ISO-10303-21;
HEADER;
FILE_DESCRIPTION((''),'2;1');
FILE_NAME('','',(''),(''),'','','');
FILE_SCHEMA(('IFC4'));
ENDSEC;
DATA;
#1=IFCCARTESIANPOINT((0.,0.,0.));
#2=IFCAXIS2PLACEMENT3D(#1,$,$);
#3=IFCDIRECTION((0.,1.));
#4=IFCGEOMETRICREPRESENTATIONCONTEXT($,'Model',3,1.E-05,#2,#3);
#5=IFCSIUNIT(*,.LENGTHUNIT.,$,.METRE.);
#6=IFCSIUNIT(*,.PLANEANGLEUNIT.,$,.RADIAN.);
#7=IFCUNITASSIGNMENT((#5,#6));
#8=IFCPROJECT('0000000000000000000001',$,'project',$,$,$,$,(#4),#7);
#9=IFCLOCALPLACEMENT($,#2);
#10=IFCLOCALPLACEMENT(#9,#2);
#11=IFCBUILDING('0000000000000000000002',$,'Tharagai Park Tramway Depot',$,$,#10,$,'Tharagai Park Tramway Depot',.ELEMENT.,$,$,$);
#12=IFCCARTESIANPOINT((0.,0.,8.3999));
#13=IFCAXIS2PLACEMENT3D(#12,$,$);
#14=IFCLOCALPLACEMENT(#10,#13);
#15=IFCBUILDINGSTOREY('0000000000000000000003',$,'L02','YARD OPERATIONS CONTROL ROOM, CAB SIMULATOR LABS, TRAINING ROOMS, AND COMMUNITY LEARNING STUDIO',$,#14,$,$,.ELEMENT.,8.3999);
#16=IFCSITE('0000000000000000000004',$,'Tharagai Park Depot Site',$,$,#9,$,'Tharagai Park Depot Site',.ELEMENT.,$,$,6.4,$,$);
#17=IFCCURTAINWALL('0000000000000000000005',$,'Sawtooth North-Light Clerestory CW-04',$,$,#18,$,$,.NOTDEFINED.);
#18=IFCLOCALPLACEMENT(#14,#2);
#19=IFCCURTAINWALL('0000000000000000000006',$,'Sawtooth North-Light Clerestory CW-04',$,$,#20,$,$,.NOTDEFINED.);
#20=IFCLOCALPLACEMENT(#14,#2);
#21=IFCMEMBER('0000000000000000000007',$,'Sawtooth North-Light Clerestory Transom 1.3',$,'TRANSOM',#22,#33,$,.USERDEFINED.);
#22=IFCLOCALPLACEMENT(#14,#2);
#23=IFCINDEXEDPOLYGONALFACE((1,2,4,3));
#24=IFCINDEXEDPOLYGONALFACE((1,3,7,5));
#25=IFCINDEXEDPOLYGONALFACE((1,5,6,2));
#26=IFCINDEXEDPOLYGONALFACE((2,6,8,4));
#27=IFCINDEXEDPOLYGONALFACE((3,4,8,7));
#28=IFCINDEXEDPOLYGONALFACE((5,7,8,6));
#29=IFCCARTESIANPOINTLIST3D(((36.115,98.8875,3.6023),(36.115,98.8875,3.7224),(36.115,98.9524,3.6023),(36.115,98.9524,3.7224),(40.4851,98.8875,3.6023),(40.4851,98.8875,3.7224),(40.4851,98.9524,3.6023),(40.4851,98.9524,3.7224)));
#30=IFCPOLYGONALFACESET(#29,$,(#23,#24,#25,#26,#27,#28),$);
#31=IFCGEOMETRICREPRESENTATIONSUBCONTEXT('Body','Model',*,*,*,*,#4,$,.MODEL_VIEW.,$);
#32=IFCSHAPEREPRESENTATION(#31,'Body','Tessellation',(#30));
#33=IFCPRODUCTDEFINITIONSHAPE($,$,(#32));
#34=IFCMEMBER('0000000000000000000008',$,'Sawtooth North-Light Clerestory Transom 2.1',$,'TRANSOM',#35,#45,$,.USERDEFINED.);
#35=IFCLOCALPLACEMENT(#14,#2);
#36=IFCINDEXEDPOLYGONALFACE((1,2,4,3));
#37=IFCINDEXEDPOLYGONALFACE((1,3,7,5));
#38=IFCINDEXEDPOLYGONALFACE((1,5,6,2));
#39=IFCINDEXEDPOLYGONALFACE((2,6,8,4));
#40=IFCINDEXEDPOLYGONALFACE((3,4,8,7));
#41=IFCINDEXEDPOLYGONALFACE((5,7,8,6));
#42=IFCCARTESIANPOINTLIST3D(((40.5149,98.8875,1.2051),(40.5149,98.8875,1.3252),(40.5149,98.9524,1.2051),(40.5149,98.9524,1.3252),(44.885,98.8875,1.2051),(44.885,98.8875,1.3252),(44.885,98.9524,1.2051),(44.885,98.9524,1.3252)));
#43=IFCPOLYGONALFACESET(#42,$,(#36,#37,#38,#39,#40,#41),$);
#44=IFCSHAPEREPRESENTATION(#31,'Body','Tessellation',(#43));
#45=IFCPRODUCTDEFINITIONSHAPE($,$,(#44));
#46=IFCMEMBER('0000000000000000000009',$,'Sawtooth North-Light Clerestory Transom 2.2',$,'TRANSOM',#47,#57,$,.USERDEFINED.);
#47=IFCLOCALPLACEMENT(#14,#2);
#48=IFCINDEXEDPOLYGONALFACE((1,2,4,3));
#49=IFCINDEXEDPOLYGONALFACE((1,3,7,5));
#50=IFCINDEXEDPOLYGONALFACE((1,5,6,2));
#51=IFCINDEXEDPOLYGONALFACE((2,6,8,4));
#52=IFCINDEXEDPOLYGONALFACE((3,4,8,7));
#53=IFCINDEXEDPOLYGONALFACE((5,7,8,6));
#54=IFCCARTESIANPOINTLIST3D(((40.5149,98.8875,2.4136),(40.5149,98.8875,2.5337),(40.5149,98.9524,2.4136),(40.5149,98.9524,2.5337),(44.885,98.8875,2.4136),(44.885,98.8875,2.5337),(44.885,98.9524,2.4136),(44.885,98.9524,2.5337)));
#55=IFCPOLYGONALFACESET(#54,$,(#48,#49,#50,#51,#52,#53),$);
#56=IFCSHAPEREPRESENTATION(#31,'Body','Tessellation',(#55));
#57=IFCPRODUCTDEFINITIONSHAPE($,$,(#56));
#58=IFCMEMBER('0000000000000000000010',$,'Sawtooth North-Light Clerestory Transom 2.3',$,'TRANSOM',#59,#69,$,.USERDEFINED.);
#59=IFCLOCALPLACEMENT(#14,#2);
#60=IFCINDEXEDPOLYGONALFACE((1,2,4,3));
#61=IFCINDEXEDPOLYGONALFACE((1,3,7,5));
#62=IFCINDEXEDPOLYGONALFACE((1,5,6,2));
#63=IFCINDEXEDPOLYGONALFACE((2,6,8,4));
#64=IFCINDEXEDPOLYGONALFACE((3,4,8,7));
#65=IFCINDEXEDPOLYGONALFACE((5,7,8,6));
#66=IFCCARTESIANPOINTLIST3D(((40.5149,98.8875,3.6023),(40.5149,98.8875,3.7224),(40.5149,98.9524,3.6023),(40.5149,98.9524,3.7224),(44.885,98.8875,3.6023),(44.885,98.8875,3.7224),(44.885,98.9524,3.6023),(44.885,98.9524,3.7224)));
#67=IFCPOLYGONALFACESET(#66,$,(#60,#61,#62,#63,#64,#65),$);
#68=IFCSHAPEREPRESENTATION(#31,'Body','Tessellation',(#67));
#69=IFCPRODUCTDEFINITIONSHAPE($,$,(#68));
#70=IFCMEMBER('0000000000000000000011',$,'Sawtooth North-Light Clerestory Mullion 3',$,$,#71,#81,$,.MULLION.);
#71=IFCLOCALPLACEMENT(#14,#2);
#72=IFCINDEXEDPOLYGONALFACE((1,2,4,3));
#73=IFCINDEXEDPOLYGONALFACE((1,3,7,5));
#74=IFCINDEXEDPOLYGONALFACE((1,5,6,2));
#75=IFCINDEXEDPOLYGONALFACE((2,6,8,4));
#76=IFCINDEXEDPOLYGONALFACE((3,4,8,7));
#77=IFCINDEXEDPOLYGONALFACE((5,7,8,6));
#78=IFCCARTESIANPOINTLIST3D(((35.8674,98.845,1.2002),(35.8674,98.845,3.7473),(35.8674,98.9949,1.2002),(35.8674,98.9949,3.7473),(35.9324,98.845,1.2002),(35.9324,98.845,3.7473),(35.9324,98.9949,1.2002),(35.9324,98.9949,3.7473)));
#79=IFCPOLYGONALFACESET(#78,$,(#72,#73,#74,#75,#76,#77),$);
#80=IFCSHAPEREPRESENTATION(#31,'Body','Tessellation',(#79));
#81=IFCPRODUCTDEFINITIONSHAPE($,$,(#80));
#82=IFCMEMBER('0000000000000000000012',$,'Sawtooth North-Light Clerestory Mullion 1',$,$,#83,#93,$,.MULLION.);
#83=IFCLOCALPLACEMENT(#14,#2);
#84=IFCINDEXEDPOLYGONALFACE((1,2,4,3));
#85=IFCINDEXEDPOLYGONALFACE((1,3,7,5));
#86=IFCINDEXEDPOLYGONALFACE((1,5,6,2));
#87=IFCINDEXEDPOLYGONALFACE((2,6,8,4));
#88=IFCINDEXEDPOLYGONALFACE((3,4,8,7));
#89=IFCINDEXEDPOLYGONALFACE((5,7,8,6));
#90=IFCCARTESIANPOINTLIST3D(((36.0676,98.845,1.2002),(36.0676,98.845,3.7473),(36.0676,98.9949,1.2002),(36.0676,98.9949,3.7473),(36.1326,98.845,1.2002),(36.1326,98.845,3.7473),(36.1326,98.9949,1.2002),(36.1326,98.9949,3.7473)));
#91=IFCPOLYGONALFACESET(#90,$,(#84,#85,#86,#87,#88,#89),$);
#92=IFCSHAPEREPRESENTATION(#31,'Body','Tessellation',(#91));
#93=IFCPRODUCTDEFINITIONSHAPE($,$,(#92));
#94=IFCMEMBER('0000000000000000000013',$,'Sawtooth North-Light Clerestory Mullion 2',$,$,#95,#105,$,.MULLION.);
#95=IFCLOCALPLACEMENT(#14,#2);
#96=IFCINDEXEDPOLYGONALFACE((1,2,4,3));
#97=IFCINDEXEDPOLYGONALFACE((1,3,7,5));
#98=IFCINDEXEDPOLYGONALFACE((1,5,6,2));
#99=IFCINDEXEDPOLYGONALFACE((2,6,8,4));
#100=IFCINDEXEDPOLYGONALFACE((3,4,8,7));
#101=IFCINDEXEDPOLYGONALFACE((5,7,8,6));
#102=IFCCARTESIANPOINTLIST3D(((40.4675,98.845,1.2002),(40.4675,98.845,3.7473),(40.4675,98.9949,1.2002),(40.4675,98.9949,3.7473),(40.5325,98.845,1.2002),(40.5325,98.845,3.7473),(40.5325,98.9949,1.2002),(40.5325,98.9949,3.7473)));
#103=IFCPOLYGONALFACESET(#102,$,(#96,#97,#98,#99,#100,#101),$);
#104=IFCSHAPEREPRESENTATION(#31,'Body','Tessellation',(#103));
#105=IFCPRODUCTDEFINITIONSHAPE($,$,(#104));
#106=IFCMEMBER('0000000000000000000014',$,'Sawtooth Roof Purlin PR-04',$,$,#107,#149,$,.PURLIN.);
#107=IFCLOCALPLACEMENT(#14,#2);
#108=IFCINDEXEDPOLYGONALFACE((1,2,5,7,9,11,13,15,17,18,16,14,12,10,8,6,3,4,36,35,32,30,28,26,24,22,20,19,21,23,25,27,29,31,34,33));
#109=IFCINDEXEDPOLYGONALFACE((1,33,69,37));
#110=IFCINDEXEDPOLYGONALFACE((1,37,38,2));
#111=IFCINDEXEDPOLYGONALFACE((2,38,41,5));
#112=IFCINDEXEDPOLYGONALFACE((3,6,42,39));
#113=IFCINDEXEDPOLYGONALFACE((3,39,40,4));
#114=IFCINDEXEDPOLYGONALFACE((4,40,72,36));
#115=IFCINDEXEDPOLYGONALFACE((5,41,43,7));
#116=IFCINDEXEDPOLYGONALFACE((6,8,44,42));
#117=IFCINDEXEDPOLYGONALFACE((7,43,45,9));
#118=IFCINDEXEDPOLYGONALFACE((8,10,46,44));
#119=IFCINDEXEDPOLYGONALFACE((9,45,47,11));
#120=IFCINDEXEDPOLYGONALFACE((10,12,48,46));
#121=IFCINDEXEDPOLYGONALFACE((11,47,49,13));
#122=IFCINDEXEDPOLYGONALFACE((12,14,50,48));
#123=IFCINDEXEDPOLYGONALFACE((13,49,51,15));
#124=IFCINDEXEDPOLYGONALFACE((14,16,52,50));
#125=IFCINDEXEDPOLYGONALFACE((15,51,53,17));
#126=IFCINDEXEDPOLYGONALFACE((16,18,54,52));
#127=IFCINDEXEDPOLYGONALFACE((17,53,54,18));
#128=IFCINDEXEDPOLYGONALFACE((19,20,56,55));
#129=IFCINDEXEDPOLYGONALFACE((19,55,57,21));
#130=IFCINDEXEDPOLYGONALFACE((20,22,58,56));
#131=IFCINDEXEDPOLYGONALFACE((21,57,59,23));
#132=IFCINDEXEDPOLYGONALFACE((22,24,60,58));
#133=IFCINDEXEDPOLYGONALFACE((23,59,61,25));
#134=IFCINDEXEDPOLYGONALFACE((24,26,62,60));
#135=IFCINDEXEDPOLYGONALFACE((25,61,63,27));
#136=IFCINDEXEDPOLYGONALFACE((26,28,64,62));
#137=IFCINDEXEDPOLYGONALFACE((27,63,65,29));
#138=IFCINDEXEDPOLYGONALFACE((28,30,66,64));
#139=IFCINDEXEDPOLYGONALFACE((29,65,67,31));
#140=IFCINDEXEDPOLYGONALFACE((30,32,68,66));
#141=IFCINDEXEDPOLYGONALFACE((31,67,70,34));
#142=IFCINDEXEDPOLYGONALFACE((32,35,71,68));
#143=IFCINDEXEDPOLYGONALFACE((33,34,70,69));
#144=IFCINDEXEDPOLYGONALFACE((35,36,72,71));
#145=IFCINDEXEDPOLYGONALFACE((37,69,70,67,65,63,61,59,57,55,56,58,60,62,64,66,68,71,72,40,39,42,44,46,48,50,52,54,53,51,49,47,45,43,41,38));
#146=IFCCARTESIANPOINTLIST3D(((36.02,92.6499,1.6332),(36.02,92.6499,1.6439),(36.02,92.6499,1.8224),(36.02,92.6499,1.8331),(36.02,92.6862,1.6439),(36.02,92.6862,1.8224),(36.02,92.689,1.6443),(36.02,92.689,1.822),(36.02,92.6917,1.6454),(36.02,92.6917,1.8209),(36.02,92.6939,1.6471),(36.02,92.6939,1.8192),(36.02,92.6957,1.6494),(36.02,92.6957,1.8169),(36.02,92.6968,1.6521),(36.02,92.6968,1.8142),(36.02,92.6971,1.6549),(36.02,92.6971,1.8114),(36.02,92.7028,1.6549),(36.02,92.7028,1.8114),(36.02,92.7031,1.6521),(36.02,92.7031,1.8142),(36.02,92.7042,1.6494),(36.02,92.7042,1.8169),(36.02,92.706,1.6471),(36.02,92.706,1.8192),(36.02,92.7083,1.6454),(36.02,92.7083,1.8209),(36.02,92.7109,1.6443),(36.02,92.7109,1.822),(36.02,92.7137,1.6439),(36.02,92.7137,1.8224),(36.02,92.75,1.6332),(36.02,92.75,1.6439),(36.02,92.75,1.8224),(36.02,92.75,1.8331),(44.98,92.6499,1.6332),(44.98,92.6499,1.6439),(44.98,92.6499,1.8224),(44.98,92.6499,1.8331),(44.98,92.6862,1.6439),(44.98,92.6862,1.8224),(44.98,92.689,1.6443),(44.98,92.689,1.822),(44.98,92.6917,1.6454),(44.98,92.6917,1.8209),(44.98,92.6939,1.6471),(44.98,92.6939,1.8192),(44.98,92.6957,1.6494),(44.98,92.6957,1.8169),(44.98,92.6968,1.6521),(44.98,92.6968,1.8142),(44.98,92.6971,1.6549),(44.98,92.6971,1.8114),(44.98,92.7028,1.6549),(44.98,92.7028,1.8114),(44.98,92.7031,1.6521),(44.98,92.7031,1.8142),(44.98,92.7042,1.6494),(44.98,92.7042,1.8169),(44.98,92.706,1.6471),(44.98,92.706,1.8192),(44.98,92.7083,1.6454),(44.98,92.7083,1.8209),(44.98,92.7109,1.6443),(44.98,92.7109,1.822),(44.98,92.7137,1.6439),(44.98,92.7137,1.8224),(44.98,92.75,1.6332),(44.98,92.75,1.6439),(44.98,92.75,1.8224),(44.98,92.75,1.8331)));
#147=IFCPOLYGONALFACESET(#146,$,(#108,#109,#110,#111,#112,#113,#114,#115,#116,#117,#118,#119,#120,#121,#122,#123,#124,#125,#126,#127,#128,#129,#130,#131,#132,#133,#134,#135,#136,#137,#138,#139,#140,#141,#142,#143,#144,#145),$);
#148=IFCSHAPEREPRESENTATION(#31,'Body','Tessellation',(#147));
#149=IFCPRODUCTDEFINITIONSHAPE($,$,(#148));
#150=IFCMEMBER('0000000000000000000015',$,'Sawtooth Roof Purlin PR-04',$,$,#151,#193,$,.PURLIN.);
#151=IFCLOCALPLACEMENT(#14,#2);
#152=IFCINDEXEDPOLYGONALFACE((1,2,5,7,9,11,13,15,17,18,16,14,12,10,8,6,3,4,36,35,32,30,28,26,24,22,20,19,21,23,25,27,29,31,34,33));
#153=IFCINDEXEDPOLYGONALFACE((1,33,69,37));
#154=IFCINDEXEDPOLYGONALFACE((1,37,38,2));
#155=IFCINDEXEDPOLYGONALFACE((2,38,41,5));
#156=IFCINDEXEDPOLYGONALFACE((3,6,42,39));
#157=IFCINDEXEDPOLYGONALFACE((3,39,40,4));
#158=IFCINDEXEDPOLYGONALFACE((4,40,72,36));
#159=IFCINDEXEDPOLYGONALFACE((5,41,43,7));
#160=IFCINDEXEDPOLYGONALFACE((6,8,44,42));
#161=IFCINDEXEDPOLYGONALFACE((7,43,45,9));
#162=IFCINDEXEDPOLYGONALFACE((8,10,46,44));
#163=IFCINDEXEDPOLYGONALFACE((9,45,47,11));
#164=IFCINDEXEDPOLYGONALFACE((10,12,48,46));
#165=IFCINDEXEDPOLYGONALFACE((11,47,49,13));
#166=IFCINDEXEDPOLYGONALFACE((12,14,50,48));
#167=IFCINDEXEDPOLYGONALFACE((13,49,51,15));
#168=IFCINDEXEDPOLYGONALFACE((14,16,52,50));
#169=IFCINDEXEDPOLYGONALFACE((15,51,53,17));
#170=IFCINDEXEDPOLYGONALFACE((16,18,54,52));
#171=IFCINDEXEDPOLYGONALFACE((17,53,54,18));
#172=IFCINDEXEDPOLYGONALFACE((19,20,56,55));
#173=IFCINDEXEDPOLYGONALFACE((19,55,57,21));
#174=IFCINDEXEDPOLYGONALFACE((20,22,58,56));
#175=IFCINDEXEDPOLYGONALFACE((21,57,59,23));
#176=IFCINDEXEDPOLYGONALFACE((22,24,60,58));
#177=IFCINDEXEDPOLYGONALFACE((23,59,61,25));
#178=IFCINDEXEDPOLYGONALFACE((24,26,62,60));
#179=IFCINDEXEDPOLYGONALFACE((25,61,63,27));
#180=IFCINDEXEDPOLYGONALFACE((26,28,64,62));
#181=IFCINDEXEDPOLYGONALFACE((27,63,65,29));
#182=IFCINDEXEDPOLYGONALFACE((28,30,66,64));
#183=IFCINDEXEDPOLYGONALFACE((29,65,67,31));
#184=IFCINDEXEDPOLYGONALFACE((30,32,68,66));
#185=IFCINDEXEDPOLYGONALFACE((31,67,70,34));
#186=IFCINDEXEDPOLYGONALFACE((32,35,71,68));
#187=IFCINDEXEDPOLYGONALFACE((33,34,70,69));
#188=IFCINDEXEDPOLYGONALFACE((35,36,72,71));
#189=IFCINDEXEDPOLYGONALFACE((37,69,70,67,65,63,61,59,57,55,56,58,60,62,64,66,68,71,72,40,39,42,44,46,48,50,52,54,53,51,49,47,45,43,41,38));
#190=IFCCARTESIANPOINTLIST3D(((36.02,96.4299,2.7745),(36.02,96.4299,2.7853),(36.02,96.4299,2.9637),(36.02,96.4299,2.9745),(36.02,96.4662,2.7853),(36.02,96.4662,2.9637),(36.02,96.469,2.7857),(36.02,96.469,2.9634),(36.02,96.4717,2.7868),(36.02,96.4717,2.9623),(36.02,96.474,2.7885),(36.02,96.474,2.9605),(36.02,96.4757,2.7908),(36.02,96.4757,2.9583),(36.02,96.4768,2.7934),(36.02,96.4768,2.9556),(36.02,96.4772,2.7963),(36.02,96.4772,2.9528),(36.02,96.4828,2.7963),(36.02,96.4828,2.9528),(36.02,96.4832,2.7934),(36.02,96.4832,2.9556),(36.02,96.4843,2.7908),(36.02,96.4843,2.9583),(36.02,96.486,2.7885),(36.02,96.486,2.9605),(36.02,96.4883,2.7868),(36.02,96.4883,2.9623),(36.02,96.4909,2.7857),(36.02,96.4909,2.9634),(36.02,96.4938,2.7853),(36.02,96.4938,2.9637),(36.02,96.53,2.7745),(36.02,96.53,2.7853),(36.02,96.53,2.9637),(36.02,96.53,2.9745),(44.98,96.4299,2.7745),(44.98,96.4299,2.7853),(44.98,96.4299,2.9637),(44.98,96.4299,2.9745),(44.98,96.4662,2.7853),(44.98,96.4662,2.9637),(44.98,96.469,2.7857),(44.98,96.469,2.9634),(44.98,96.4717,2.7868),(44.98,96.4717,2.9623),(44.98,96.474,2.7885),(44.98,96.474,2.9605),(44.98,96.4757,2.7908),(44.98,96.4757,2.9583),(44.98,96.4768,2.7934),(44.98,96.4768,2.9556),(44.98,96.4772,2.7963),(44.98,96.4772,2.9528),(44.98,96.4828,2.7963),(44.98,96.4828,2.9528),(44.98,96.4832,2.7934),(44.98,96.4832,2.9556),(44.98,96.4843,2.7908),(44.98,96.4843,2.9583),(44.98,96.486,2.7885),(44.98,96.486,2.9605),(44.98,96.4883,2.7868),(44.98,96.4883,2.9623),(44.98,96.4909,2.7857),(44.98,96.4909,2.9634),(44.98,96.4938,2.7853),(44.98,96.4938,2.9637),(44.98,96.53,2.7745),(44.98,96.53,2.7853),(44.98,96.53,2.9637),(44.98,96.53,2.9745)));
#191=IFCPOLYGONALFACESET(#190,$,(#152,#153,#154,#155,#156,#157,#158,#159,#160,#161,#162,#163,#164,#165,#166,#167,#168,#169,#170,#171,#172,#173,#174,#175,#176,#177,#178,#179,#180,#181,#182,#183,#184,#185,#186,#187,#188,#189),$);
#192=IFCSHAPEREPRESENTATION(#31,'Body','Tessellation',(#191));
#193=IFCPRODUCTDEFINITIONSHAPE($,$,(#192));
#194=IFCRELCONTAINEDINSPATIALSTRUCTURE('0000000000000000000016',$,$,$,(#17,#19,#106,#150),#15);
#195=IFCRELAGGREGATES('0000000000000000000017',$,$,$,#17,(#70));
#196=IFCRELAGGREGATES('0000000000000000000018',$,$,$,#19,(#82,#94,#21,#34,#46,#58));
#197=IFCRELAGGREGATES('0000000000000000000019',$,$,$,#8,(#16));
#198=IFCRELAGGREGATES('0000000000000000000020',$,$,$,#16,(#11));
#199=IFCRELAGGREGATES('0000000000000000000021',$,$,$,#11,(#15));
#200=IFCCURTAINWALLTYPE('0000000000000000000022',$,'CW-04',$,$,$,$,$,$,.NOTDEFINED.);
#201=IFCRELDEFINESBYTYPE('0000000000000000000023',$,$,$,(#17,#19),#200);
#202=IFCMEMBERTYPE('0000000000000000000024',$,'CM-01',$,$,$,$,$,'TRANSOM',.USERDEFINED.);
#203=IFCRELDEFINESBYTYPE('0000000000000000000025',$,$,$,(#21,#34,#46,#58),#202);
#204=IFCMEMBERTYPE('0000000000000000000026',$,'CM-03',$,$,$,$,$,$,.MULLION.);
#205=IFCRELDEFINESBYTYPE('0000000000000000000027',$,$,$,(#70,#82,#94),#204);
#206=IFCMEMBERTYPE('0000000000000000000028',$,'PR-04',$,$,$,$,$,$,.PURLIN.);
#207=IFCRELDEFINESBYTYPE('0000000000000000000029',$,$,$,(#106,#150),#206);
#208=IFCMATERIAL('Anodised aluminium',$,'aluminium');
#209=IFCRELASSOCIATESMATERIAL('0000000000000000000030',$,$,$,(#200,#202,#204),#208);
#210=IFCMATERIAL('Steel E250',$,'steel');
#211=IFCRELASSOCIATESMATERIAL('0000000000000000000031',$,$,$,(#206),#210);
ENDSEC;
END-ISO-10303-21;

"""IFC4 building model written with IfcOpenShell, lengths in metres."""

from ifc_helpers import new_model, si_unit, direction, frame, origin, origin_2d, place, context, subcontext, project, spatial, rectangle, i_section, extrude, material, material_profile, profile_set, type_object, element, aggregate, save


model = new_model("IFC4")

# Units and contexts
model_context = context("Model", 3, precision=1e-05, world=origin(), true_north=direction((0.0, 1.0)))
body_context = subcontext(model_context, "Body", "Model", "MODEL_VIEW")
ifc_project = project(units=[si_unit("LENGTHUNIT", "METRE"), si_unit("PLANEANGLEUNIT", "RADIAN")], contexts=[model_context])

# Site, building, storey
site_placement = place(None, origin())
site = spatial("IfcSite", under=ifc_project, at=site_placement, Name="Tharagai Park Depot Site", LongName="Tharagai Park Depot Site", CompositionType="ELEMENT", RefElevation=6.4)
building_placement = place(site_placement, origin())
building = spatial("IfcBuilding", under=site, at=building_placement, Name="Tharagai Park Tramway Depot", LongName="Tharagai Park Tramway Depot", CompositionType="ELEMENT")
storey_placement = place(building_placement, frame((0.0, 0.0, 8.3999)))
storey = spatial("IfcBuildingStorey", under=building, at=storey_placement, Name="L02", Description="YARD OPERATIONS CONTROL ROOM, CAB SIMULATOR LABS, TRAINING ROOMS, AND COMMUNITY LEARNING STUDIO", CompositionType="ELEMENT", Elevation=8.3999)

# Curtain wall
ifc_material_1 = material(Name="Anodised aluminium", Category="aluminium")
curtain_wall_type = type_object("IfcCurtainWallType", Name="CW-04", PredefinedType="NOTDEFINED", material=ifc_material_1)
curtain_wall_1_placement = place(storey_placement, origin())
curtain_wall_1 = element("IfcCurtainWall", 1, at=curtain_wall_1_placement, inside=storey, type_object=curtain_wall_type, Name="Sawtooth North-Light Clerestory CW-04", PredefinedType="NOTDEFINED")
ifc_material_profile_1 = material_profile(ifc_material_1, rectangle(XDim=0.0649, YDim=0.1201, at=origin_2d()), Name="ALU 65x120")
ifc_profile_set_1 = profile_set([ifc_material_profile_1], Name="Anodised aluminium")
member_type_1 = type_object("IfcMemberType", Name="CM-01", ElementType="TRANSOM", PredefinedType="USERDEFINED", material=ifc_profile_set_1)

# Curtain wall, members
curtain_wall_2_placement = place(storey_placement, origin())
curtain_wall_2 = element("IfcCurtainWall", 2, at=curtain_wall_2_placement, inside=storey, type_object=curtain_wall_type, Name="Sawtooth North-Light Clerestory CW-04", PredefinedType="NOTDEFINED")
member_1_placement = place(storey_placement, frame((36.115, 98.9199, 3.6624), z_axis=(1.0, 0.0, 0.0), x_axis=(0.0, 1.0, 0.0)))
member_1 = element("IfcMember", 3, at=member_1_placement, type_object=member_type_1, Name="Sawtooth North-Light Clerestory Transom 1.3", ObjectType="TRANSOM", PredefinedType="USERDEFINED", context=body_context, shape_type="SweptSolid", body=[
    extrude(rectangle(XDim=0.0649, YDim=0.1201, at=origin_2d()), origin(), (0.0, 0.0, 1.0), 4.3701),
])
member_2_placement = place(storey_placement, frame((40.5149, 98.9199, 1.2651), z_axis=(1.0, 0.0, 0.0), x_axis=(0.0, 1.0, 0.0)))
member_2 = element("IfcMember", 4, at=member_2_placement, type_object=member_type_1, Name="Sawtooth North-Light Clerestory Transom 2.1", ObjectType="TRANSOM", PredefinedType="USERDEFINED", context=body_context, shape_type="SweptSolid", body=[
    extrude(rectangle(XDim=0.0649, YDim=0.1201, at=origin_2d()), origin(), (0.0, 0.0, 1.0), 4.3701),
])
member_3_placement = place(storey_placement, frame((40.5149, 98.9199, 2.4736), z_axis=(1.0, 0.0, 0.0), x_axis=(0.0, 1.0, 0.0)))
member_3 = element("IfcMember", 5, at=member_3_placement, type_object=member_type_1, Name="Sawtooth North-Light Clerestory Transom 2.2", ObjectType="TRANSOM", PredefinedType="USERDEFINED", context=body_context, shape_type="SweptSolid", body=[
    extrude(rectangle(XDim=0.0649, YDim=0.1201, at=origin_2d()), origin(), (0.0, 0.0, 1.0), 4.3701),
])
member_4_placement = place(storey_placement, frame((40.5149, 98.9199, 3.6624), z_axis=(1.0, 0.0, 0.0), x_axis=(0.0, 1.0, 0.0)))
member_4 = element("IfcMember", 6, at=member_4_placement, type_object=member_type_1, Name="Sawtooth North-Light Clerestory Transom 2.3", ObjectType="TRANSOM", PredefinedType="USERDEFINED", context=body_context, shape_type="SweptSolid", body=[
    extrude(rectangle(XDim=0.0649, YDim=0.1201, at=origin_2d()), origin(), (0.0, 0.0, 1.0), 4.3701),
])

# Members
ifc_material_profile_2 = material_profile(ifc_material_1, rectangle(XDim=0.0649, YDim=0.1499, at=origin_2d()), Name="ALU 65x150")
ifc_profile_set_2 = profile_set([ifc_material_profile_2], Name="Anodised aluminium")
member_type_2 = type_object("IfcMemberType", Name="CM-03", PredefinedType="MULLION", material=ifc_profile_set_2)
member_5_placement = place(storey_placement, frame((35.8999, 98.9199, 1.2002), z_axis=(0.0, 0.0, 1.0), x_axis=(1.0, 0.0, 0.0)))
member_5 = element("IfcMember", 7, at=member_5_placement, type_object=member_type_2, Name="Sawtooth North-Light Clerestory Mullion 3", PredefinedType="MULLION", context=body_context, shape_type="SweptSolid", body=[
    extrude(rectangle(XDim=0.0649, YDim=0.1499, at=origin_2d()), origin(), (0.0, 0.0, 1.0), 2.5471),
])
member_6_placement = place(storey_placement, frame((36.1001, 98.9199, 1.2002), z_axis=(0.0, 0.0, 1.0), x_axis=(1.0, 0.0, 0.0)))
member_6 = element("IfcMember", 8, at=member_6_placement, type_object=member_type_2, Name="Sawtooth North-Light Clerestory Mullion 1", PredefinedType="MULLION", context=body_context, shape_type="SweptSolid", body=[
    extrude(rectangle(XDim=0.0649, YDim=0.1499, at=origin_2d()), origin(), (0.0, 0.0, 1.0), 2.5471),
])
member_7_placement = place(storey_placement, frame((40.5, 98.9199, 1.2002), z_axis=(0.0, 0.0, 1.0), x_axis=(1.0, 0.0, 0.0)))
member_7 = element("IfcMember", 9, at=member_7_placement, type_object=member_type_2, Name="Sawtooth North-Light Clerestory Mullion 2", PredefinedType="MULLION", context=body_context, shape_type="SweptSolid", body=[
    extrude(rectangle(XDim=0.0649, YDim=0.1499, at=origin_2d()), origin(), (0.0, 0.0, 1.0), 2.5471),
])

# Members
ifc_material_2 = material(Name="Steel E250", Category="steel")
ifc_material_profile_3 = material_profile(ifc_material_2, i_section(OverallWidth=0.1001, OverallDepth=0.2, WebThickness=0.0056, FlangeThickness=0.0107, FilletRadius=0.011, at=origin_2d()), Name="ISMB 200")
ifc_profile_set_3 = profile_set([ifc_material_profile_3], Name="Steel E250")
member_type_3 = type_object("IfcMemberType", Name="PR-04", PredefinedType="PURLIN", material=ifc_profile_set_3)
for number, where, z_axis, x_axis, name in (
    (10, (36.02, 92.7, 1.7332), (1.0, 0.0, 0.0), (0.0, 1.0, 0.0), "Sawtooth Roof Purlin PR-04"),
    (11, (36.02, 96.48, 2.8745), (1.0, 0.0, 0.0), (0.0, 1.0, 0.0), "Sawtooth Roof Purlin PR-04"),
):
    element("IfcMember", number, at=place(storey_placement, frame(where, z_axis=z_axis, x_axis=x_axis)), inside=storey, type_object=member_type_3, Name=name, PredefinedType="PURLIN", context=body_context, shape_type="SweptSolid", body=[
        extrude(i_section(OverallWidth=0.1001, OverallDepth=0.2, WebThickness=0.0056, FlangeThickness=0.0107, FilletRadius=0.011, at=origin_2d()), origin(), (0.0, 0.0, 1.0), 8.96),
    ])

aggregate(curtain_wall_1, [member_5])
aggregate(curtain_wall_2, [member_6, member_7, member_1, member_2, member_3, member_4])

save(model, "model.ifc")
